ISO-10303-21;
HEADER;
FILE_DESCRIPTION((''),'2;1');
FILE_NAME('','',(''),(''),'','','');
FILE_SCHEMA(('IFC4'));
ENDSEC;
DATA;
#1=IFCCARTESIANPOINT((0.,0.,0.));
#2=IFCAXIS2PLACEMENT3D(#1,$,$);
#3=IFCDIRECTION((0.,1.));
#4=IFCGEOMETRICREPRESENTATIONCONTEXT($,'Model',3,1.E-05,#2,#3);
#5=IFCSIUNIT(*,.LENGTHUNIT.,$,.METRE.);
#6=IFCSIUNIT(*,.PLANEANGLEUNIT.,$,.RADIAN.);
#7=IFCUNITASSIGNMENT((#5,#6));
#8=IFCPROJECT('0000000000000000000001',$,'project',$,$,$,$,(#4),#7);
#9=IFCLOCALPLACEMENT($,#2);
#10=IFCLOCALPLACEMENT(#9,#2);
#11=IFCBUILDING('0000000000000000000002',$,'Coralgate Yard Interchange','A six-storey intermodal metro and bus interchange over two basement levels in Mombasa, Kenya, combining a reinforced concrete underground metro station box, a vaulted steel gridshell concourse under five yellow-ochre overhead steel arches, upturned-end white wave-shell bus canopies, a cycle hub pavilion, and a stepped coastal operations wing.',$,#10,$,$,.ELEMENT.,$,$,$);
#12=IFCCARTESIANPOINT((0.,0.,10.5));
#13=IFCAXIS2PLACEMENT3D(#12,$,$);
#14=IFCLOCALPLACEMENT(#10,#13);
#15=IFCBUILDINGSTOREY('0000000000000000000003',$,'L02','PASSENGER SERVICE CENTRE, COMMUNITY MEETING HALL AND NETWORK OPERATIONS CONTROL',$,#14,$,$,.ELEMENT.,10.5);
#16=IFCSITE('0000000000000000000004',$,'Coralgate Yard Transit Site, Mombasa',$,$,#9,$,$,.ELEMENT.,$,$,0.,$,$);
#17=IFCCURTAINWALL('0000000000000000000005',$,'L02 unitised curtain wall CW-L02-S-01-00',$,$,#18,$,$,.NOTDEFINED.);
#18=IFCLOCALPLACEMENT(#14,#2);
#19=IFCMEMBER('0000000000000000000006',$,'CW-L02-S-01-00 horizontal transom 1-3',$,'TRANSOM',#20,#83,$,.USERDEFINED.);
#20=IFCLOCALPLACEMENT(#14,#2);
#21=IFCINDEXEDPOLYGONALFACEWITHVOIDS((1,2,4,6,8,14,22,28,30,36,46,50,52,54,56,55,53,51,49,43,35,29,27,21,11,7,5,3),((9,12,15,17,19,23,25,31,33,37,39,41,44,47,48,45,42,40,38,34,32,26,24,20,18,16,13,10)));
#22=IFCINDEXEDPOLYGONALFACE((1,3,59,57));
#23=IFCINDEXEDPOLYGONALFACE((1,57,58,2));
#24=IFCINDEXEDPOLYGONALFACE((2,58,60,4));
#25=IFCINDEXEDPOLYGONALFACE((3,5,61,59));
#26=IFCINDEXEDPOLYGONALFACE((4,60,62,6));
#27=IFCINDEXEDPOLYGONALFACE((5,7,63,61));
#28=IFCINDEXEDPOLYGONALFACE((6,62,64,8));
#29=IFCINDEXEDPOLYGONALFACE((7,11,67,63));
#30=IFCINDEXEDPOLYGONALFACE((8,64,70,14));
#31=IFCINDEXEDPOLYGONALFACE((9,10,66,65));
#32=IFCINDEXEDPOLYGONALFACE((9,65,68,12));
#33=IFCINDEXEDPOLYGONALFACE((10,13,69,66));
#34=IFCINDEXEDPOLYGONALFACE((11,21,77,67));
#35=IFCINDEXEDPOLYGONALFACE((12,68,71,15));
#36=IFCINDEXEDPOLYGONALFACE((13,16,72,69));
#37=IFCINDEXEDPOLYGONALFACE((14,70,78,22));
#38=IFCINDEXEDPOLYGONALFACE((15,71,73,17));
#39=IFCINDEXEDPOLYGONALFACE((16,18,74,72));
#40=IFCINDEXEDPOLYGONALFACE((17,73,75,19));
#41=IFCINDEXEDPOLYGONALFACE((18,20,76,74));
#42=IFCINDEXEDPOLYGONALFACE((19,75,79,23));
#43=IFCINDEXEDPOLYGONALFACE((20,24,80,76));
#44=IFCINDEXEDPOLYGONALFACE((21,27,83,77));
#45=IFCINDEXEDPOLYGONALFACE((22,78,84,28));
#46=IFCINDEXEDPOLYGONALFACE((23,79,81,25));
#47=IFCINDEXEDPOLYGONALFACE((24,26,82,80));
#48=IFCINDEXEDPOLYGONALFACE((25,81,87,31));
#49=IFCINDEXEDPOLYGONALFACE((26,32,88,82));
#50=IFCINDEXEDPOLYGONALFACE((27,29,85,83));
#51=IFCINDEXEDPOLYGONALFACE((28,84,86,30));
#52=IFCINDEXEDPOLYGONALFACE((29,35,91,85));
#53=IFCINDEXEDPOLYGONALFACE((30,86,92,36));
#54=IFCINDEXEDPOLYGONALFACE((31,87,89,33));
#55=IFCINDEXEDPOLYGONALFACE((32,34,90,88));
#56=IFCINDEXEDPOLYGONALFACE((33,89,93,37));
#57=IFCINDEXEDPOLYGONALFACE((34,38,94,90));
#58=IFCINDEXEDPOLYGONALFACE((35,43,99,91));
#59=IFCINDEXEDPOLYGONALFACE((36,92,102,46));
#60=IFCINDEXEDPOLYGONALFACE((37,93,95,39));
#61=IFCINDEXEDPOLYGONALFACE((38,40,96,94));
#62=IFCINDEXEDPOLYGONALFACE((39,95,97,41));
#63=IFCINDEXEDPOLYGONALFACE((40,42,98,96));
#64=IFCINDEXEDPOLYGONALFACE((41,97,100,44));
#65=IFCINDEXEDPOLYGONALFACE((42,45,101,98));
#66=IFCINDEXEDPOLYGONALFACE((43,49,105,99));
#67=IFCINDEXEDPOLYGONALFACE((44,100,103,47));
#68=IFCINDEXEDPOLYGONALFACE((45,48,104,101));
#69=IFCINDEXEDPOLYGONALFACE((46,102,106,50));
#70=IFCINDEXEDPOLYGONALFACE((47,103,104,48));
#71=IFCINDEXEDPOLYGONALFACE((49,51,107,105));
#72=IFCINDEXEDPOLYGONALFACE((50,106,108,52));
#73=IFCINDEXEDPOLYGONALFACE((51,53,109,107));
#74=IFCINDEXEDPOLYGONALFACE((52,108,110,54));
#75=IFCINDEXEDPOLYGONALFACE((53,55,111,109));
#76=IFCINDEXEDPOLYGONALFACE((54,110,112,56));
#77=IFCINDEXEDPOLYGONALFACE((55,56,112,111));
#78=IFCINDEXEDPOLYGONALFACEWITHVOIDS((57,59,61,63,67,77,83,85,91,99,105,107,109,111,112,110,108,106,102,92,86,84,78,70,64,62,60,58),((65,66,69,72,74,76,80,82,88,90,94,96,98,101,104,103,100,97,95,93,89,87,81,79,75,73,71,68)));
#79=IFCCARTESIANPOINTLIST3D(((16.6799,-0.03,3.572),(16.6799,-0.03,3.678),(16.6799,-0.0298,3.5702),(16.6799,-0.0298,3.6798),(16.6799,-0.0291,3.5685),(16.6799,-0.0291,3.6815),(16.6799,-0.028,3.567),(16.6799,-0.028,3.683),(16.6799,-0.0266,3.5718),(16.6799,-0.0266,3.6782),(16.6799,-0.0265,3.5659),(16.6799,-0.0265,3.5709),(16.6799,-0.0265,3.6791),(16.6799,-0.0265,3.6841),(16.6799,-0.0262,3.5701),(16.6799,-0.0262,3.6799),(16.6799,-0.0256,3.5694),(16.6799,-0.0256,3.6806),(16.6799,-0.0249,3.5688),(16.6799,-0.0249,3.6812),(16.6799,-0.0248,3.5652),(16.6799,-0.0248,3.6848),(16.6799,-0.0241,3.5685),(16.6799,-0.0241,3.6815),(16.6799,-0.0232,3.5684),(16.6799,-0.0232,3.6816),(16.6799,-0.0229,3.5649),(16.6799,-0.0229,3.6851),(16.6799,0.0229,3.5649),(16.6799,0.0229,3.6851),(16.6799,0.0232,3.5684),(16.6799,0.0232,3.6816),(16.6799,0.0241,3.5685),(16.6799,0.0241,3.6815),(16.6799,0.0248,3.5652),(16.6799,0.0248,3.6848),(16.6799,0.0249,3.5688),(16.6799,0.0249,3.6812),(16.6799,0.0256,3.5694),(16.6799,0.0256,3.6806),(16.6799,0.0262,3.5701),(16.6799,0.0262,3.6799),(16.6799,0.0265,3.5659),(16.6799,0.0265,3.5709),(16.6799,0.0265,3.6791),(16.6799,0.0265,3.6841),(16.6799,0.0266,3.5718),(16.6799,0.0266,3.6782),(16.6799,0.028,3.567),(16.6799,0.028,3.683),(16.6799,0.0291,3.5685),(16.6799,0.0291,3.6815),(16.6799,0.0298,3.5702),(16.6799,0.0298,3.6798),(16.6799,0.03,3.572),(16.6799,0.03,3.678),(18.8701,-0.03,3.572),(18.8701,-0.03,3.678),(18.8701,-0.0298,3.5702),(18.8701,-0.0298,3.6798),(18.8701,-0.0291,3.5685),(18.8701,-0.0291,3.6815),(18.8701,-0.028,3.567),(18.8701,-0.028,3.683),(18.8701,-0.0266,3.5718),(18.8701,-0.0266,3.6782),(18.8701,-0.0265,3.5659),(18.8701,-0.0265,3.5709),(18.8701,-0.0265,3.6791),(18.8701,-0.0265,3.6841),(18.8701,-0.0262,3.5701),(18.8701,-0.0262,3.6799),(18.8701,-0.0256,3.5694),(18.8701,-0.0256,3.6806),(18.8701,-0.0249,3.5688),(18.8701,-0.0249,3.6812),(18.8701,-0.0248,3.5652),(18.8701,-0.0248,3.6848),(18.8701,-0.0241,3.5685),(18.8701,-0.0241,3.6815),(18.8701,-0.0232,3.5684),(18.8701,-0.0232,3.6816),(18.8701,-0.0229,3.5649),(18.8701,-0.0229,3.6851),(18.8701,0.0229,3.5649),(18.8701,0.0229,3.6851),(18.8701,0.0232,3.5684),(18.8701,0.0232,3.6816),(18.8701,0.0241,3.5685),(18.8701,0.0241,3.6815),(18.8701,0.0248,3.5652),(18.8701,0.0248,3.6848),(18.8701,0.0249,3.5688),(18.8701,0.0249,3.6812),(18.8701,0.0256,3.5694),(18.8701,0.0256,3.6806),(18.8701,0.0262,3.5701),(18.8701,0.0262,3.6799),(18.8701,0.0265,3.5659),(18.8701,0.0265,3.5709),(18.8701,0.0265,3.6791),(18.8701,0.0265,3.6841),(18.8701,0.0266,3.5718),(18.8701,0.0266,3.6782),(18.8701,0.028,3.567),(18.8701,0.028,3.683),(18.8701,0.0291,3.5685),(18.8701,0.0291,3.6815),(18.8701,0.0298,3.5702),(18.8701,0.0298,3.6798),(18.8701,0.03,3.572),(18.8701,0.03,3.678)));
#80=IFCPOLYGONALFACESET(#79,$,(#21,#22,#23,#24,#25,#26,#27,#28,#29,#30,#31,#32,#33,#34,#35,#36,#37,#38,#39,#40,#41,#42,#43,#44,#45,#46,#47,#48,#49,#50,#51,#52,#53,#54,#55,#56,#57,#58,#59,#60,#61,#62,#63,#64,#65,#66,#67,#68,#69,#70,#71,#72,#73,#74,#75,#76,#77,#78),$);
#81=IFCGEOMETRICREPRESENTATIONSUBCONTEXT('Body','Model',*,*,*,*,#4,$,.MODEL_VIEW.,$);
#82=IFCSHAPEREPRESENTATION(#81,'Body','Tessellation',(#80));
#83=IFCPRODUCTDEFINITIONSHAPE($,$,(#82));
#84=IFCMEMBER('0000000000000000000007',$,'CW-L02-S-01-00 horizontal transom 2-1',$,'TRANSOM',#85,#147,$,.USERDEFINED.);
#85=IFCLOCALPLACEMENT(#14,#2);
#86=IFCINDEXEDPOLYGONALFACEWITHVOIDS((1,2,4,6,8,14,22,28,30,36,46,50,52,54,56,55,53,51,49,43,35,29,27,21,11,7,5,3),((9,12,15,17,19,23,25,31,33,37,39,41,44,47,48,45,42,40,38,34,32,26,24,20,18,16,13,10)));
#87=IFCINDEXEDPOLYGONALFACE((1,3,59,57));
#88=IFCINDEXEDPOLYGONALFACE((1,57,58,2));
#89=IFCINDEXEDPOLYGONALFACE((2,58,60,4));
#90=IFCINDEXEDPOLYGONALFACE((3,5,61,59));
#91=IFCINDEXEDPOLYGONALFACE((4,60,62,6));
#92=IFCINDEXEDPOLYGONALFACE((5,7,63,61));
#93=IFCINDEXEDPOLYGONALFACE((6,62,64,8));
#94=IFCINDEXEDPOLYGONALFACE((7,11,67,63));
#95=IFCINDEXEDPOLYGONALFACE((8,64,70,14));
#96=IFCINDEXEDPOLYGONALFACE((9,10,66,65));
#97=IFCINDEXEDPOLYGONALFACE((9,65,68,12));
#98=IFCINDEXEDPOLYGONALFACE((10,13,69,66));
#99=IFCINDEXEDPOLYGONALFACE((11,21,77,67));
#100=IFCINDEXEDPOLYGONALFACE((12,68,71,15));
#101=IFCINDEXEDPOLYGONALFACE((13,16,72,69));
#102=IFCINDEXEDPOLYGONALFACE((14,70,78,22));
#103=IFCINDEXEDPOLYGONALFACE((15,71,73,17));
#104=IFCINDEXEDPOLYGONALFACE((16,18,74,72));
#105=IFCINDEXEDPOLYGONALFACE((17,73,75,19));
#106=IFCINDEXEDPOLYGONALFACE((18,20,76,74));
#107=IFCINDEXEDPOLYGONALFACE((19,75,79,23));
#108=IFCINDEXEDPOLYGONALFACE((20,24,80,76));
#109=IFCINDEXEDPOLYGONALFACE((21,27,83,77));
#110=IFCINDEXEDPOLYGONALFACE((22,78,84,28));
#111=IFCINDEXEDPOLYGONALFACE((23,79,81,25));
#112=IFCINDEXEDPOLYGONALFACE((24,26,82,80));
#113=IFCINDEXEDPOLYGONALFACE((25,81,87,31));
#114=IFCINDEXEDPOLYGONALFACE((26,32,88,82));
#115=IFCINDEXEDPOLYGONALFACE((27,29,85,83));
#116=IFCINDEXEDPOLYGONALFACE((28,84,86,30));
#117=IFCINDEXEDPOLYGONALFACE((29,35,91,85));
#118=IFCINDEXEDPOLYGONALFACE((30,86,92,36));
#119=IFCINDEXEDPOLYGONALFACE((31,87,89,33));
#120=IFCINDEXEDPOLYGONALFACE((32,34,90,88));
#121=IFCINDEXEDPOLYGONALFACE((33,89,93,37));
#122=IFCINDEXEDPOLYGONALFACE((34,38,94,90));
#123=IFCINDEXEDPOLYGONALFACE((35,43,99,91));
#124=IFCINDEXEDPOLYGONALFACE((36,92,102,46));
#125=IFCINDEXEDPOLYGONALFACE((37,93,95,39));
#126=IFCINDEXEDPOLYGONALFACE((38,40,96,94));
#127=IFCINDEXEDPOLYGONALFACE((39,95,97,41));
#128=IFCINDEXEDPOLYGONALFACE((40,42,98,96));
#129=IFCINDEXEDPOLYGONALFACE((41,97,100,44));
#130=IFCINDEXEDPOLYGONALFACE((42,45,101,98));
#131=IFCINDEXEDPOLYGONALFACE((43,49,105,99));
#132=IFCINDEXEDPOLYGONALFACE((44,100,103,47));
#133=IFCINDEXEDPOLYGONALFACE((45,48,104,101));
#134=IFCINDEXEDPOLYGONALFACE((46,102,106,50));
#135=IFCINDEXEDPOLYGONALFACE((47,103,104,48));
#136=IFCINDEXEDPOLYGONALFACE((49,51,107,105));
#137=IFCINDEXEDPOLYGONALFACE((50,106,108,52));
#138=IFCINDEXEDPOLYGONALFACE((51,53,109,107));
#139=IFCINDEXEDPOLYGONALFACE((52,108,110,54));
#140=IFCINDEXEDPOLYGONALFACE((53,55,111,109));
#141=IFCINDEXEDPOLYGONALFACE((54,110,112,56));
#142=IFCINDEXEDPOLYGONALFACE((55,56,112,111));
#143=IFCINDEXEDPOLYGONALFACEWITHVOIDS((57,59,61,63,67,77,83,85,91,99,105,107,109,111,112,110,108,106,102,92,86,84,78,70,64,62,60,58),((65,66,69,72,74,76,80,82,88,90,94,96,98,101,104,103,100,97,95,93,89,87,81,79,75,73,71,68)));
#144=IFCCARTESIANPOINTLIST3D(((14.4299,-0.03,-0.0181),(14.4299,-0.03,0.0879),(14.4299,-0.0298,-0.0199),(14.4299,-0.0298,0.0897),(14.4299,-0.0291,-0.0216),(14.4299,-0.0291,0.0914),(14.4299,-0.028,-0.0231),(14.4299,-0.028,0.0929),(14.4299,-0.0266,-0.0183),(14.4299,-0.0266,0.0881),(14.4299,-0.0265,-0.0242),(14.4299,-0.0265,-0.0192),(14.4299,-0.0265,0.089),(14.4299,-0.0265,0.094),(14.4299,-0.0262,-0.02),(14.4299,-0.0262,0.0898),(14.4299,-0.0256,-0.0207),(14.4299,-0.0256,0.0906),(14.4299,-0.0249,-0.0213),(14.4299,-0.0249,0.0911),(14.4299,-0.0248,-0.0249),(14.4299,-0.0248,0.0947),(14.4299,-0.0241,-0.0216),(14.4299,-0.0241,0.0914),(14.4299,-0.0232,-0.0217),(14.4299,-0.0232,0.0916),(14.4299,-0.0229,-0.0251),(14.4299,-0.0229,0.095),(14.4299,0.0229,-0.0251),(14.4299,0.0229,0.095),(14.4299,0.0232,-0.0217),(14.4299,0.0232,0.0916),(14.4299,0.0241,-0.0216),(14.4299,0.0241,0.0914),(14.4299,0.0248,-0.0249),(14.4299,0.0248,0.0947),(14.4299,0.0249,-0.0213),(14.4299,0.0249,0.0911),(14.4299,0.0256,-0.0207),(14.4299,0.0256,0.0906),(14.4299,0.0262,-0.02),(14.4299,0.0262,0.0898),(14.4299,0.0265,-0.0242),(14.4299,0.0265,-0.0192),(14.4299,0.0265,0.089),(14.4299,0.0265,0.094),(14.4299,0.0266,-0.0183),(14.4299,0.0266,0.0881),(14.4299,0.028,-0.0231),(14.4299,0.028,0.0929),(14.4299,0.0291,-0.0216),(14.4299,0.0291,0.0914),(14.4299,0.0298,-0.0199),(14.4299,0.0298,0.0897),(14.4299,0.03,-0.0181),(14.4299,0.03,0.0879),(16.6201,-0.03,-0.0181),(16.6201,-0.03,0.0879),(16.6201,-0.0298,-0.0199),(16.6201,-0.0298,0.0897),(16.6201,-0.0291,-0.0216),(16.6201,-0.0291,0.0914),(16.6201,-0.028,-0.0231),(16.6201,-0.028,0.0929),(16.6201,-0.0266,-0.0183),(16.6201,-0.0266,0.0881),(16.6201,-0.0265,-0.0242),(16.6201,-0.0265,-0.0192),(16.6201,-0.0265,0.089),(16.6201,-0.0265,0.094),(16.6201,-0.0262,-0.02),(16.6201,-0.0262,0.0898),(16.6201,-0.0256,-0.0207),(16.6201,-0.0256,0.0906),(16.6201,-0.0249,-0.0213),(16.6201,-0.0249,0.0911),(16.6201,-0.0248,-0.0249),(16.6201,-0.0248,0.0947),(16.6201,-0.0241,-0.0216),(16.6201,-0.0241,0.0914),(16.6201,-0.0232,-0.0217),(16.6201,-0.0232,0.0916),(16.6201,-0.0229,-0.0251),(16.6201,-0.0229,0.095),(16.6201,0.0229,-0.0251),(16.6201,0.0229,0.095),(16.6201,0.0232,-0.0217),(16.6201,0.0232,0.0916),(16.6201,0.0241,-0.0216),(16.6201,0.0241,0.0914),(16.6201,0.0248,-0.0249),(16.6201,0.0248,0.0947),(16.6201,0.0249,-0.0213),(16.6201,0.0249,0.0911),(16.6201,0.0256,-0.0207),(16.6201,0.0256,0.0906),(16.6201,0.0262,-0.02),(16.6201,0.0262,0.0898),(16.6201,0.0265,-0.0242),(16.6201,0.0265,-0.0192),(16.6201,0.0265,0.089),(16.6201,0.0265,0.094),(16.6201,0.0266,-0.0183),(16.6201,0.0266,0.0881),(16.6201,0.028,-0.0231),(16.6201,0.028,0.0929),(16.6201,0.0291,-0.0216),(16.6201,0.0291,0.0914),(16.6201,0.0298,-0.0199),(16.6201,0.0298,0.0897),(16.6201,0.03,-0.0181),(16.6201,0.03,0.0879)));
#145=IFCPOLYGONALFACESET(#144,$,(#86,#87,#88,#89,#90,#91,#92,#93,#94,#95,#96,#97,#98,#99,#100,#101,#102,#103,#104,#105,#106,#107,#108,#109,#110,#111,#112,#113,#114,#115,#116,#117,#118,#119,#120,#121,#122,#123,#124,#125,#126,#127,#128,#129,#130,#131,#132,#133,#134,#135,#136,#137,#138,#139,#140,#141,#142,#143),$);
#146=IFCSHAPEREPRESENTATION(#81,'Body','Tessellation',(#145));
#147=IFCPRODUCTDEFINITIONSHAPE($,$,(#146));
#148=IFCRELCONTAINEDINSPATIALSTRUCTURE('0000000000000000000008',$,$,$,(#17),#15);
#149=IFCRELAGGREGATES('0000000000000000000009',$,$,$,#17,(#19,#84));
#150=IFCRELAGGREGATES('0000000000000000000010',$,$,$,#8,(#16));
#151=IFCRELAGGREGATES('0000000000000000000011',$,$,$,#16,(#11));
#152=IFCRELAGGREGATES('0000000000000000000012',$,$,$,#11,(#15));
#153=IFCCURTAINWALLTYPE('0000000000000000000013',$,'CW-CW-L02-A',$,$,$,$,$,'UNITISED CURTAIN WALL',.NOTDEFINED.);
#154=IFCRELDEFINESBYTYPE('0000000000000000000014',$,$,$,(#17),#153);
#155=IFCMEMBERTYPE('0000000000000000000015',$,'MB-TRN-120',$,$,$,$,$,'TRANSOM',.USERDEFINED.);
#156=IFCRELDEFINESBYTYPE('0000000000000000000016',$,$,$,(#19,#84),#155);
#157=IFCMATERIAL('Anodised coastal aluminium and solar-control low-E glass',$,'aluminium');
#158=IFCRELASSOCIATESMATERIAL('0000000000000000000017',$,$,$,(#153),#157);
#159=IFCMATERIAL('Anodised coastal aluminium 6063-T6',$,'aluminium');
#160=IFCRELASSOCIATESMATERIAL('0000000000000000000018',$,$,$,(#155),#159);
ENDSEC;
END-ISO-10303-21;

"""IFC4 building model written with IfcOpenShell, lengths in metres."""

from ifc_helpers import new_model, si_unit, direction, frame, origin, origin_2d, place, context, subcontext, project, spatial, hollow_rectangle, extrude, material, material_profile, profile_set, type_object, element, aggregate, save


model = new_model("IFC4")

# Units and contexts
model_context = context("Model", 3, precision=1e-05, world=origin(), true_north=direction((0.0, 1.0)))
body_context = subcontext(model_context, "Body", "Model", "MODEL_VIEW")
ifc_project = project(units=[si_unit("LENGTHUNIT", "METRE"), si_unit("PLANEANGLEUNIT", "RADIAN")], contexts=[model_context])

# Site, building, storey
site_placement = place(None, origin())
site = spatial("IfcSite", under=ifc_project, at=site_placement, Name="Coralgate Yard Transit Site, Mombasa", CompositionType="ELEMENT", RefElevation=0.0)
building_placement = place(site_placement, origin())
building = spatial("IfcBuilding", under=site, at=building_placement, Name="Coralgate Yard Interchange", Description="A six-storey intermodal metro and bus interchange over two basement levels in Mombasa, Kenya, combining a reinforced concrete underground metro station box, a vaulted steel gridshell concourse under five yellow-ochre overhead steel arches, upturned-end white wave-shell bus canopies, a cycle hub pavilion, and a stepped coastal operations wing.", CompositionType="ELEMENT")
storey_placement = place(building_placement, frame((0.0, 0.0, 10.5)))
storey = spatial("IfcBuildingStorey", under=building, at=storey_placement, Name="L02", Description="PASSENGER SERVICE CENTRE, COMMUNITY MEETING HALL AND NETWORK OPERATIONS CONTROL", CompositionType="ELEMENT", Elevation=10.5)

# Curtain wall, members
ifc_material_1 = material(Name="Anodised coastal aluminium and solar-control low-E glass", Category="aluminium")
curtain_wall_type = type_object("IfcCurtainWallType", Name="CW-CW-L02-A", ElementType="UNITISED CURTAIN WALL", PredefinedType="NOTDEFINED", material=ifc_material_1)
curtain_wall_placement = place(storey_placement, origin())
curtain_wall = element("IfcCurtainWall", 1, at=curtain_wall_placement, inside=storey, type_object=curtain_wall_type, Name="L02 unitised curtain wall CW-L02-S-01-00", PredefinedType="NOTDEFINED")
ifc_material_2 = material(Name="Anodised coastal aluminium 6063-T6", Category="aluminium")
ifc_material_profile_1 = material_profile(ifc_material_2, hollow_rectangle(XDim=0.0601, YDim=0.1201, WallThickness=0.0034, InnerFilletRadius=0.0034, OuterFilletRadius=0.0071, at=origin_2d()), Name="ALU 60x120x3.5")
ifc_profile_set_1 = profile_set([ifc_material_profile_1], Name="Anodised coastal aluminium 6063-T6")
member_type_1 = type_object("IfcMemberType", Name="MB-TRN-120", ElementType="TRANSOM", PredefinedType="USERDEFINED", material=ifc_profile_set_1)
member_1_placement = place(storey_placement, frame((18.8701, 0.0, 3.625), z_axis=(-1.0, 0.0, 0.0), x_axis=(0.0, -1.0, 0.0)))
member_1 = element("IfcMember", 2, at=member_1_placement, type_object=member_type_1, Name="CW-L02-S-01-00 horizontal transom 1-3", ObjectType="TRANSOM", PredefinedType="USERDEFINED", context=body_context, shape_type="SweptSolid", body=[
    extrude(hollow_rectangle(XDim=0.0601, YDim=0.1201, WallThickness=0.0034, InnerFilletRadius=0.0034, OuterFilletRadius=0.0071, at=origin_2d()), origin(), (0.0, 0.0, 1.0), 2.1902),
])
member_2_placement = place(storey_placement, frame((16.6201, 0.0, 0.0349), z_axis=(-1.0, 0.0, 0.0), x_axis=(0.0, -1.0, 0.0)))
member_2 = element("IfcMember", 3, at=member_2_placement, type_object=member_type_1, Name="CW-L02-S-01-00 horizontal transom 2-1", ObjectType="TRANSOM", PredefinedType="USERDEFINED", context=body_context, shape_type="SweptSolid", body=[
    extrude(hollow_rectangle(XDim=0.0601, YDim=0.1201, WallThickness=0.0034, InnerFilletRadius=0.0034, OuterFilletRadius=0.0071, at=origin_2d()), origin(), (0.0, 0.0, 1.0), 2.1902),
])
aggregate(curtain_wall, [member_1, member_2])

save(model, "model.ifc")
